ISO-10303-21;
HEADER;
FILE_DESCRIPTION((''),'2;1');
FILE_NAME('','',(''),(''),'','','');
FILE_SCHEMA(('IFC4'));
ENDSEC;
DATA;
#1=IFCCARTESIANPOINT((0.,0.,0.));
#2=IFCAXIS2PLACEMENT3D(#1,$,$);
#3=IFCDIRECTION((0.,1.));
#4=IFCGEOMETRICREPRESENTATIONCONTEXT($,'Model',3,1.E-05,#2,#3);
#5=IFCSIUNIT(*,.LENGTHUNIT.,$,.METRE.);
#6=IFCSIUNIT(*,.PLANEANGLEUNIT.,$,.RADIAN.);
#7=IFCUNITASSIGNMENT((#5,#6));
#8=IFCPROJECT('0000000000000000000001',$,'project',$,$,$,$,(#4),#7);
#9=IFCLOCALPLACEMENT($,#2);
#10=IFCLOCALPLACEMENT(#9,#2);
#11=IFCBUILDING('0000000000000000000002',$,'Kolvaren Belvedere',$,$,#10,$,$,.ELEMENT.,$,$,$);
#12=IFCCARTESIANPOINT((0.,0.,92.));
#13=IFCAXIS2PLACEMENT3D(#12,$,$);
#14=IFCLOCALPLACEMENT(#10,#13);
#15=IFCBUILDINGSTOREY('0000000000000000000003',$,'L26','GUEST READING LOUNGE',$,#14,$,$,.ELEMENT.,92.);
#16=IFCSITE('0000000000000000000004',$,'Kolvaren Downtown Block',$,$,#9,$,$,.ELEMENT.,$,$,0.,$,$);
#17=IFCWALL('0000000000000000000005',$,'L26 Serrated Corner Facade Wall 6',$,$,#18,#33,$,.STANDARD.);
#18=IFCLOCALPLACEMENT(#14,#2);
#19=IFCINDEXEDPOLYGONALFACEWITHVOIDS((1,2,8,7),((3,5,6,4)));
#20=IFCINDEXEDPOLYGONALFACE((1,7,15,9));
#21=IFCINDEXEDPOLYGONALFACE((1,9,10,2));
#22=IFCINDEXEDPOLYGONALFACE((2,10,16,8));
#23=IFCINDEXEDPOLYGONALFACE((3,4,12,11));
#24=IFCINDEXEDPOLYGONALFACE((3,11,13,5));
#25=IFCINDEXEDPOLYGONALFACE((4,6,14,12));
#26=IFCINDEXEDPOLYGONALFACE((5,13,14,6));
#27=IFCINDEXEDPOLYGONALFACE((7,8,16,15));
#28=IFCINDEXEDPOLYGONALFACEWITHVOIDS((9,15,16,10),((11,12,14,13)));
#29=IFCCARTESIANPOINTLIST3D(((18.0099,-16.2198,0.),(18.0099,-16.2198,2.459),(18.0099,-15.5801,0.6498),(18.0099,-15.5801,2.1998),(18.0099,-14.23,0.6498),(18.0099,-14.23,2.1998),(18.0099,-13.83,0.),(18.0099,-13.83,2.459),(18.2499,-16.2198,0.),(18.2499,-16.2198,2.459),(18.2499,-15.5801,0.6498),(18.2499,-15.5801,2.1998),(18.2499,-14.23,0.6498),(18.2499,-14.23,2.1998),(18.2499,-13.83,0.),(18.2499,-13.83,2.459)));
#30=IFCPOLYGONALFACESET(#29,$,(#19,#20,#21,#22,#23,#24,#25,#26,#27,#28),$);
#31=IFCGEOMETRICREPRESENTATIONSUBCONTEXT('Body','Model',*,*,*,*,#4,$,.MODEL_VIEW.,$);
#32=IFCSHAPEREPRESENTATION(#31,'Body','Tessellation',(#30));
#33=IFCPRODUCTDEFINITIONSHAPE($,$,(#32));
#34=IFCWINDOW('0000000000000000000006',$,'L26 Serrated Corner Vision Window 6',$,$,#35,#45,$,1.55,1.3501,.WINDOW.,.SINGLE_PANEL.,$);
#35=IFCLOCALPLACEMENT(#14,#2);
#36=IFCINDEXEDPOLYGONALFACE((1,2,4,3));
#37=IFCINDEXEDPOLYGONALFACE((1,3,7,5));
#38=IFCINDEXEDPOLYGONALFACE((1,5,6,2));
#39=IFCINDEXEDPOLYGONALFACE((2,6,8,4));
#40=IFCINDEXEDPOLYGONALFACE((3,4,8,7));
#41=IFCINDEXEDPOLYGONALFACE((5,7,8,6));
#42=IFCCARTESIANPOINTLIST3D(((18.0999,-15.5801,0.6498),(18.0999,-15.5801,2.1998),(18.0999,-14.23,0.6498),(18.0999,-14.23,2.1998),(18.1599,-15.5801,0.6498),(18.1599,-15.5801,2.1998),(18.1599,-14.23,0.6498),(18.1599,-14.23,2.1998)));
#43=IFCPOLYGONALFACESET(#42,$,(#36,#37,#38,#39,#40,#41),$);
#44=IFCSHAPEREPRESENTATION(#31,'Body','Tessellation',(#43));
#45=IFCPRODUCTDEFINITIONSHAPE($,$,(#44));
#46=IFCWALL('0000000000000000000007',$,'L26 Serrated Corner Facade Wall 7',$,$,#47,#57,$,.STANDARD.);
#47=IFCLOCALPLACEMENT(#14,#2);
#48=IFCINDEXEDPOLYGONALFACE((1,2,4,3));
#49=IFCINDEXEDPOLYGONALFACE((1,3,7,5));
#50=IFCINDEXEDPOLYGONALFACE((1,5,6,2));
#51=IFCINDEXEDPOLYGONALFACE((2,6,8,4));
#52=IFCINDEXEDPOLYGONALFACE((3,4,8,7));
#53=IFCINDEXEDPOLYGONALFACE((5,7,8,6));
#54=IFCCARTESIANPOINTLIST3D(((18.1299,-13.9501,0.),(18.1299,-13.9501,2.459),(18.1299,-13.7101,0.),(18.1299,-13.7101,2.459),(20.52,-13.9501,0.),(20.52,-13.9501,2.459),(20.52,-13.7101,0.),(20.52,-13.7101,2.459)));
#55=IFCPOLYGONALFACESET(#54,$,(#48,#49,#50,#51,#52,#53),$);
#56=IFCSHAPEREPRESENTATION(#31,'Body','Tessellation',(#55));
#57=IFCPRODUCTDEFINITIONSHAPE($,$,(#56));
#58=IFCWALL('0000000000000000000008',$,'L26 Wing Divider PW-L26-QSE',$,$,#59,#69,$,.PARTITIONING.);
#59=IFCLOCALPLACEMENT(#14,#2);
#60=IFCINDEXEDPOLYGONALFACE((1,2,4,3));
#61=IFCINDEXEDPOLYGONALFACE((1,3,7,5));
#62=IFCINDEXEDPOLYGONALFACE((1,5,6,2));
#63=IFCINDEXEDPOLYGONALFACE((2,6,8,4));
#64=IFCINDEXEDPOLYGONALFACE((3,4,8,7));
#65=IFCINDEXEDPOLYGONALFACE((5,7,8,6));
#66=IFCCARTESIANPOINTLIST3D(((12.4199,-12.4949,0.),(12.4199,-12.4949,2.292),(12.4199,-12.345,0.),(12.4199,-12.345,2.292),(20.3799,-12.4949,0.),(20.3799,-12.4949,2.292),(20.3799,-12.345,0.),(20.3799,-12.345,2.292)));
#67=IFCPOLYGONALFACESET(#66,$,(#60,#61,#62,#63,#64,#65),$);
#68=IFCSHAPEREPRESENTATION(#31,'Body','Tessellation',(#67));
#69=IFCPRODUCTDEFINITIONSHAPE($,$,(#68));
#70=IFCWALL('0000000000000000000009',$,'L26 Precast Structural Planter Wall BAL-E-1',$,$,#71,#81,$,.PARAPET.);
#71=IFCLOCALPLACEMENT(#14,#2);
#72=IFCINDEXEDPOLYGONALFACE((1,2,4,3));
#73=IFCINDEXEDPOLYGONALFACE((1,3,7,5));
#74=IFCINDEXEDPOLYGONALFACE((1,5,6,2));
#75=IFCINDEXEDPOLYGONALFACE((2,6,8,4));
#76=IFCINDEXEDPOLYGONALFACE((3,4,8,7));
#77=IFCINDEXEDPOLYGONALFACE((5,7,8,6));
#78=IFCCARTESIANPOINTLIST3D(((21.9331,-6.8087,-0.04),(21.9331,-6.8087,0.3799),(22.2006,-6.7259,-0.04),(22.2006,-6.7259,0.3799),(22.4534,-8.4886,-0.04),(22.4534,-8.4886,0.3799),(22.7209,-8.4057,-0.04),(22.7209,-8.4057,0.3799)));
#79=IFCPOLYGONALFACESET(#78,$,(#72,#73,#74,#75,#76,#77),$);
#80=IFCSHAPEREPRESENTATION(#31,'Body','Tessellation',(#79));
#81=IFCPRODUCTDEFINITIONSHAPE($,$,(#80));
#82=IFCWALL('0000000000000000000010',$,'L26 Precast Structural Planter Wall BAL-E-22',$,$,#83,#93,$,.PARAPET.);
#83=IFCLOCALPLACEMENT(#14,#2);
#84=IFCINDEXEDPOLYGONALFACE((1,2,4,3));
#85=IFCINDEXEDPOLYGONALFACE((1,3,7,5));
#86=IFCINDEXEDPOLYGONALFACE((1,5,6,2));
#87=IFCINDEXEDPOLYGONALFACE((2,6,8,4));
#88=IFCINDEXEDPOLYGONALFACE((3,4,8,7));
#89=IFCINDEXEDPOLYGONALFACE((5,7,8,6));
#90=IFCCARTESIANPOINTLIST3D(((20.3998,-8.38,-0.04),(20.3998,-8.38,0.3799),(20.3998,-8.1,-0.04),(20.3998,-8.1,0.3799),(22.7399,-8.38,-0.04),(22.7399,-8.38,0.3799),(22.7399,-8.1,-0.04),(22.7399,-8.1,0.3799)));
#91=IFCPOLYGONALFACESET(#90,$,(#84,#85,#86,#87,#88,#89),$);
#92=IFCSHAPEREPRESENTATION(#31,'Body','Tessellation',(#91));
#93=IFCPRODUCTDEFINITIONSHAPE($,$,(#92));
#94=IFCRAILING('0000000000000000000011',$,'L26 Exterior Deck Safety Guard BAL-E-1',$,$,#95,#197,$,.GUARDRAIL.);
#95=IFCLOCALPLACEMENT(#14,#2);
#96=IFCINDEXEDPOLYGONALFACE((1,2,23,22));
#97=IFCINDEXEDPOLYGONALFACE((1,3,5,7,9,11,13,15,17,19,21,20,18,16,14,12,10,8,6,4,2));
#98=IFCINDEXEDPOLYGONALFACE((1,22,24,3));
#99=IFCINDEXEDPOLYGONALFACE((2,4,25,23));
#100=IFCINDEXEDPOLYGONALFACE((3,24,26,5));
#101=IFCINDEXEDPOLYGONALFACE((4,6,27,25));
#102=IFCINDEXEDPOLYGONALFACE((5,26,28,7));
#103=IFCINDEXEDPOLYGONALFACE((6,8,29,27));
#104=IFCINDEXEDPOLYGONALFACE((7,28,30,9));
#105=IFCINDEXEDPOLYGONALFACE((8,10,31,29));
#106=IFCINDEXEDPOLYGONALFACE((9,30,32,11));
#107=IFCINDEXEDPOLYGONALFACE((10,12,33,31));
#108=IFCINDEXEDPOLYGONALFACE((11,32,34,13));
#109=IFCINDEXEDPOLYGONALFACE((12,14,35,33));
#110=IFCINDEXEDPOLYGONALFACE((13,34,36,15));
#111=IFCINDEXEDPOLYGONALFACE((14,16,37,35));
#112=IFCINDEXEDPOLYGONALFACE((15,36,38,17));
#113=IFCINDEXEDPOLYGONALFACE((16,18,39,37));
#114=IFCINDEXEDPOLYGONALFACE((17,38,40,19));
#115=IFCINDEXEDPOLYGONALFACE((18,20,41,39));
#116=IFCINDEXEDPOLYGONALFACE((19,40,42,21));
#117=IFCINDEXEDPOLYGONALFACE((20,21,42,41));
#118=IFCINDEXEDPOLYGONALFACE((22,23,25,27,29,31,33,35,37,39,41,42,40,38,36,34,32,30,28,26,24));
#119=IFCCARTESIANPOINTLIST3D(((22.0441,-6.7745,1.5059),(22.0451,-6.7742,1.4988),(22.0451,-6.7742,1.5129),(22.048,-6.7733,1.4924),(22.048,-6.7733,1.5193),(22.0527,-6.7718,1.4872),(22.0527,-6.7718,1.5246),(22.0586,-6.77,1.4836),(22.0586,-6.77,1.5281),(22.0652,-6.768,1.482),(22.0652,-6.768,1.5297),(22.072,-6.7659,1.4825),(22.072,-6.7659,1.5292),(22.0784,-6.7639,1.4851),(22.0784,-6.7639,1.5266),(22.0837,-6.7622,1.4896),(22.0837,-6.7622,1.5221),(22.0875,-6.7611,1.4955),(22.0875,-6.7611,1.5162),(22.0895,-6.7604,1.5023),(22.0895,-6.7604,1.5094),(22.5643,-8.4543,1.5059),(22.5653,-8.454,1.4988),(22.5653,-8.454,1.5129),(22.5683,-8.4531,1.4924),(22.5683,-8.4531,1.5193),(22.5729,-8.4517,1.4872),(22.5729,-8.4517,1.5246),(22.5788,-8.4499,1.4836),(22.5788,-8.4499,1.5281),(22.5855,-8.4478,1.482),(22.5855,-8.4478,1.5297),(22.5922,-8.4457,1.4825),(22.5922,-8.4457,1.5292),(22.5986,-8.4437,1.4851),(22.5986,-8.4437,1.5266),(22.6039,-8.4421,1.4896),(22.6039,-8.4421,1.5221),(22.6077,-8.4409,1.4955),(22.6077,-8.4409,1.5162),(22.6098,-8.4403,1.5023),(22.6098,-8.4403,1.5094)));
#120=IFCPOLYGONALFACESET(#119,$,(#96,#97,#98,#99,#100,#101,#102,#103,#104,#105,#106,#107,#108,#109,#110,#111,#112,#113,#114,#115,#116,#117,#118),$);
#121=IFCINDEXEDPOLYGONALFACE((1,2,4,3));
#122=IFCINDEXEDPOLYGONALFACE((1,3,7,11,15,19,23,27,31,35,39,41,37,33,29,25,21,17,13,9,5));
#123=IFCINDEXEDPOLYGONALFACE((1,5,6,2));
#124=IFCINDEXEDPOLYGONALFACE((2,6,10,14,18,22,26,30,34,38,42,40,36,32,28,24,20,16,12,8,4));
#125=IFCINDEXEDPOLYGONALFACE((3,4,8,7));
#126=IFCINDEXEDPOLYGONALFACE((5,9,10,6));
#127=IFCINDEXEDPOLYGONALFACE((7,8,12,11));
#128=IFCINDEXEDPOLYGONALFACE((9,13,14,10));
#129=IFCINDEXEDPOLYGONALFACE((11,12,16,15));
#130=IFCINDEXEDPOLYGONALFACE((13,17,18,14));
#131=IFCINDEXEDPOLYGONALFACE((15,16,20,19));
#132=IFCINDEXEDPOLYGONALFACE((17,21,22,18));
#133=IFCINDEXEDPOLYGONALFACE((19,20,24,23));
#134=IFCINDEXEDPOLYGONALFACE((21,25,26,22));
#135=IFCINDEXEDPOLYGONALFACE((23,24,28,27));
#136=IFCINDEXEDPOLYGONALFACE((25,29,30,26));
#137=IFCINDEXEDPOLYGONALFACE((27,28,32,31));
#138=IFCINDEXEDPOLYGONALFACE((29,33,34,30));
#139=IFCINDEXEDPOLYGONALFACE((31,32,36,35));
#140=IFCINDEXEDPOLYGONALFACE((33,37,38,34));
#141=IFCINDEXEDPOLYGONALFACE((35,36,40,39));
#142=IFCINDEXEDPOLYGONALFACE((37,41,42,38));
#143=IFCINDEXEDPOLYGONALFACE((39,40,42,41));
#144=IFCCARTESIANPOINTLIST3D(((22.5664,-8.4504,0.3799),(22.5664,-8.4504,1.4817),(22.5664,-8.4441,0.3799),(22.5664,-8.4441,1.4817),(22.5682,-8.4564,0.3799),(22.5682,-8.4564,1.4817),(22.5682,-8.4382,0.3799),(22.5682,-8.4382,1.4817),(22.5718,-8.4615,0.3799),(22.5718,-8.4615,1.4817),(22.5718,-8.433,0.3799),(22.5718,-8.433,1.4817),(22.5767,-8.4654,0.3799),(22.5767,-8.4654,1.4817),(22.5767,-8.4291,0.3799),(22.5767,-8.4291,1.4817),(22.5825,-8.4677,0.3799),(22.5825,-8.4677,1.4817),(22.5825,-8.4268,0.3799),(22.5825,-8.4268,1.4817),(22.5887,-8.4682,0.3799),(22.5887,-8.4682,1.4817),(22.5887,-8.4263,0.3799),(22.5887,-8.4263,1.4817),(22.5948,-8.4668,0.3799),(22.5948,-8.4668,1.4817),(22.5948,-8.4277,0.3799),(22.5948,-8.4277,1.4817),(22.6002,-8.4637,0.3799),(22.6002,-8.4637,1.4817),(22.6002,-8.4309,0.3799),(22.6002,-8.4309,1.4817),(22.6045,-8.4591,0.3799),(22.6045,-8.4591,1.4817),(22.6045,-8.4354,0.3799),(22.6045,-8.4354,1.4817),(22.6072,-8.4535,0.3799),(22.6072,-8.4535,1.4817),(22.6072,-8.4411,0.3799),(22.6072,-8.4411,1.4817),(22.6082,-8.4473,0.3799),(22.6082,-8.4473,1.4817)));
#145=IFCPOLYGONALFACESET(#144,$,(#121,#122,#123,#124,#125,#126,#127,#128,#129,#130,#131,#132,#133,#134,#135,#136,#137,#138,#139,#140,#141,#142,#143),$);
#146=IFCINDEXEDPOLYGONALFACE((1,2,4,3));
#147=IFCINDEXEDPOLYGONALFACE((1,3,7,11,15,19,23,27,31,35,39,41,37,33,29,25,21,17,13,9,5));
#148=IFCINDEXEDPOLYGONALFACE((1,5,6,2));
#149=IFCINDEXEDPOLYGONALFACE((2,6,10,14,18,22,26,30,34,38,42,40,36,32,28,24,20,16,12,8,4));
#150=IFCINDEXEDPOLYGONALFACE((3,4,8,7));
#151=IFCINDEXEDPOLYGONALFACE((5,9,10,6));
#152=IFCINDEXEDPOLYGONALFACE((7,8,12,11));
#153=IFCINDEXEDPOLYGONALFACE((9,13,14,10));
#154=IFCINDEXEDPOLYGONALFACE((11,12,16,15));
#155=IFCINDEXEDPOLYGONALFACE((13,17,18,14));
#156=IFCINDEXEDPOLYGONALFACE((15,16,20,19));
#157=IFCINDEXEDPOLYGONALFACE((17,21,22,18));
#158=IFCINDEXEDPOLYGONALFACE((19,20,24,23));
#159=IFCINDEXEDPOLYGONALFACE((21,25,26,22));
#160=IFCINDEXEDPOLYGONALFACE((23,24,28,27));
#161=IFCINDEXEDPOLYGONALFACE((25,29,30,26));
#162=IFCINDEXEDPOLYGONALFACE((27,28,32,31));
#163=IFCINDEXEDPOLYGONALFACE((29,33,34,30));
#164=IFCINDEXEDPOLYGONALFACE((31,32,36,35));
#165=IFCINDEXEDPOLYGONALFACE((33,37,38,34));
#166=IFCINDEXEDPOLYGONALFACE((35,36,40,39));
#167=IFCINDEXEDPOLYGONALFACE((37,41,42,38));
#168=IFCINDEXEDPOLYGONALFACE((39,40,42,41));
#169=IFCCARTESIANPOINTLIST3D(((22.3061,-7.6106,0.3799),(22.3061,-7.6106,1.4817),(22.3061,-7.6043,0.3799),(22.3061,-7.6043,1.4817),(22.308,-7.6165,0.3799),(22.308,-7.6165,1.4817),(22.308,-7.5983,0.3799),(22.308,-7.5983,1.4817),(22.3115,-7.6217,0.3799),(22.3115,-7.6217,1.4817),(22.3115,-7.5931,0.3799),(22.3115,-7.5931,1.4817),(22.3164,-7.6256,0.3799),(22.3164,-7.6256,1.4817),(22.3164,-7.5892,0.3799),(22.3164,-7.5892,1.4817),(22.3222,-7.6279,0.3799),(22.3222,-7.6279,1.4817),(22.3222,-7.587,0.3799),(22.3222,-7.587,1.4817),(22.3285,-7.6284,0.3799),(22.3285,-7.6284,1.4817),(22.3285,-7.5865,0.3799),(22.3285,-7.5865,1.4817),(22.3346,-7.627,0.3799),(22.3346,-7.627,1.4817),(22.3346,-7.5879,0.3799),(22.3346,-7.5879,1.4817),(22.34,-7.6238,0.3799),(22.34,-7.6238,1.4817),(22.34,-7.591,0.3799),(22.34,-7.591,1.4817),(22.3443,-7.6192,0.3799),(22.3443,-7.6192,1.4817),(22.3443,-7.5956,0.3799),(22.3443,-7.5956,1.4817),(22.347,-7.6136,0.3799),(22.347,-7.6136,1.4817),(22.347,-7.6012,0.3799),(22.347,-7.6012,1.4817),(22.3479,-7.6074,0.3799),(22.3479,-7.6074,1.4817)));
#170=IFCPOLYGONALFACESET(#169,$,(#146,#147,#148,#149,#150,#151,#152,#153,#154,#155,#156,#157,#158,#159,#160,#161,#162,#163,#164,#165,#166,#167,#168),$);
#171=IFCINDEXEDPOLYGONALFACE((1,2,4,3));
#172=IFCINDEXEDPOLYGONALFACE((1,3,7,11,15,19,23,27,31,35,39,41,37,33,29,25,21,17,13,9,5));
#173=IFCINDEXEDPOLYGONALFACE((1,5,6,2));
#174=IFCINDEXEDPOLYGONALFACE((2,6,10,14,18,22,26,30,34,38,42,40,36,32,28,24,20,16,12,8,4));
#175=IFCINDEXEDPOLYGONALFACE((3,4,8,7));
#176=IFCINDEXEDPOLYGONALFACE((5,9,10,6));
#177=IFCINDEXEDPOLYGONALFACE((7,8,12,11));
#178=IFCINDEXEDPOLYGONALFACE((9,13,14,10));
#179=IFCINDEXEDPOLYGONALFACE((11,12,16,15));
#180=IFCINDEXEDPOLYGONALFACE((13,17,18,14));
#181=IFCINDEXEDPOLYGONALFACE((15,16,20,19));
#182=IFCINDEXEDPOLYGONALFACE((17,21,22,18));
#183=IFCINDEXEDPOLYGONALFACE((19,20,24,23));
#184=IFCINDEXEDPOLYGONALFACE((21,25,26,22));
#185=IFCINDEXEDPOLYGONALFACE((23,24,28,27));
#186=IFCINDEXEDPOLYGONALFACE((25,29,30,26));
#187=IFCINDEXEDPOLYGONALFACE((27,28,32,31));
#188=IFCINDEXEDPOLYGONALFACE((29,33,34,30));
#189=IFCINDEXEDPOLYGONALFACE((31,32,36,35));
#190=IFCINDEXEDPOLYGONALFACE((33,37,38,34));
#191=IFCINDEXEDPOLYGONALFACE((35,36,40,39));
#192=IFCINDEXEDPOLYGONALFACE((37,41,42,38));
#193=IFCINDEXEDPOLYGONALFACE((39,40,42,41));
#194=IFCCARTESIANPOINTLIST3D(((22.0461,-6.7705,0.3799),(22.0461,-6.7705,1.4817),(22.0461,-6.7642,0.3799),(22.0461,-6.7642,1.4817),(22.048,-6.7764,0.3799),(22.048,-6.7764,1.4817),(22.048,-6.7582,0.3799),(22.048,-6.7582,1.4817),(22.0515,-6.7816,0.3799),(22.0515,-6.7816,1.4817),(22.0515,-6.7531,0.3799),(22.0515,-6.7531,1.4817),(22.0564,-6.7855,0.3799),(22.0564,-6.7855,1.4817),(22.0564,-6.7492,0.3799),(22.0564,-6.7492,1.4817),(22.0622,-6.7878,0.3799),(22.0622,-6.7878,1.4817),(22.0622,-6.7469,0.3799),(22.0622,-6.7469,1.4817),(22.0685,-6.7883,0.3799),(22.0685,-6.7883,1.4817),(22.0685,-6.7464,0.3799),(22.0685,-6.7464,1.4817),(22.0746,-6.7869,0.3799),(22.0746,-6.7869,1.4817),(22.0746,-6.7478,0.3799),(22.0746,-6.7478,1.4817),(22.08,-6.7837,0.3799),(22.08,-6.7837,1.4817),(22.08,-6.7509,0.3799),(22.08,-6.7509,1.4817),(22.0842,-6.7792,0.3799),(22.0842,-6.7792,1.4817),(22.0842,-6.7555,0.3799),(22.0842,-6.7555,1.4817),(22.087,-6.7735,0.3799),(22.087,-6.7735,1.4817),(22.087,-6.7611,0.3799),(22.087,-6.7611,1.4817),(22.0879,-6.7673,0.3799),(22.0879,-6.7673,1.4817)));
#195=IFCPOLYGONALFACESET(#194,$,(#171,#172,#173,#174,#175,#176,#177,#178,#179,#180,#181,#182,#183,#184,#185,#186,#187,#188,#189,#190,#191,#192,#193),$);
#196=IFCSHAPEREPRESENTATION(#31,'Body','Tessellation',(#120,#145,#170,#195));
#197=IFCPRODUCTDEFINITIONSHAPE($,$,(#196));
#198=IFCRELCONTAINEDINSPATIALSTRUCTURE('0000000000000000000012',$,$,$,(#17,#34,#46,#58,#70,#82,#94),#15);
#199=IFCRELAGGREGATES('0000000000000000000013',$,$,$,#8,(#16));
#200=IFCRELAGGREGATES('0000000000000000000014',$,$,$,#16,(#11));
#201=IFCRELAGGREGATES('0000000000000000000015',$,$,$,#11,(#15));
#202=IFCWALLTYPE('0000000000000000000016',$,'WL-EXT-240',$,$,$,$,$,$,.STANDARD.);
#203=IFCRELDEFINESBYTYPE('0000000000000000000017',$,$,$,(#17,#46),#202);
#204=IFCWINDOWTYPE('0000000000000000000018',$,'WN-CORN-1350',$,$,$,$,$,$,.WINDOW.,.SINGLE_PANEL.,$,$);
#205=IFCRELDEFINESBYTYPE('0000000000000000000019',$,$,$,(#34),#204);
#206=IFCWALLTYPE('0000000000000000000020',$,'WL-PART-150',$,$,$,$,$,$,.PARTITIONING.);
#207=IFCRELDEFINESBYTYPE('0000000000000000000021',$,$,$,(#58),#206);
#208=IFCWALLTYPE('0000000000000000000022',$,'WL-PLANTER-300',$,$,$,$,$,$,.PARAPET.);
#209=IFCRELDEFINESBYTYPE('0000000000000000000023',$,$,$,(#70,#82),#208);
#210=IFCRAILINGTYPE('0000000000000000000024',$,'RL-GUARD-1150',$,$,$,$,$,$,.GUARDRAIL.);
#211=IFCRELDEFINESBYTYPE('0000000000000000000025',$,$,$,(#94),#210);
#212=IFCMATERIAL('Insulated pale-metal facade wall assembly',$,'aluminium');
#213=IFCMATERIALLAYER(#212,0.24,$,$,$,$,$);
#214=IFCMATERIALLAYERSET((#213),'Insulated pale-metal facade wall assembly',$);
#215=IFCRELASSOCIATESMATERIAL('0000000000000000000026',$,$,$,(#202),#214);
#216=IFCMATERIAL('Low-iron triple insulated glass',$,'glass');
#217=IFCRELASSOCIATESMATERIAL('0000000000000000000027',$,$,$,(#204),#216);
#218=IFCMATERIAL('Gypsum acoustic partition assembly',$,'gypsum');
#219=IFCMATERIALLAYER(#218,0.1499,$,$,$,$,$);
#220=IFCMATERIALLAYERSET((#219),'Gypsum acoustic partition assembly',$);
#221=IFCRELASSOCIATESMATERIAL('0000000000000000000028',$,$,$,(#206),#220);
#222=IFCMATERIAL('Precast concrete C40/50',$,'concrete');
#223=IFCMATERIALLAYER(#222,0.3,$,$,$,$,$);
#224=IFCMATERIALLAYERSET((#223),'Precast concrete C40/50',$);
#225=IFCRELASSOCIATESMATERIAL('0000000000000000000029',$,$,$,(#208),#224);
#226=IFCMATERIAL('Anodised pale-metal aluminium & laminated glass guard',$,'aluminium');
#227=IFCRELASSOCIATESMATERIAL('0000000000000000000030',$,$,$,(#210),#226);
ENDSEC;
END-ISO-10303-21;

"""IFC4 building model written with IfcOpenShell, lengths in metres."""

from ifc_helpers import new_model, si_unit, direction, frame, frame_2d, origin, origin_2d, place, context, subcontext, project, spatial, rectangle, circle, extrude, material, layer, layer_set, type_object, element, fill, save


model = new_model("IFC4")

# Units and contexts
model_context = context("Model", 3, precision=1e-05, world=origin(), true_north=direction((0.0, 1.0)))
body_context = subcontext(model_context, "Body", "Model", "MODEL_VIEW")
ifc_project = project(units=[si_unit("LENGTHUNIT", "METRE"), si_unit("PLANEANGLEUNIT", "RADIAN")], contexts=[model_context])

# Site, building, storey
site_placement = place(None, origin())
site = spatial("IfcSite", under=ifc_project, at=site_placement, Name="Kolvaren Downtown Block", CompositionType="ELEMENT", RefElevation=0.0)
building_placement = place(site_placement, origin())
building = spatial("IfcBuilding", under=site, at=building_placement, Name="Kolvaren Belvedere", CompositionType="ELEMENT")
storey_placement = place(building_placement, frame((0.0, 0.0, 92.0)))
storey = spatial("IfcBuildingStorey", under=building, at=storey_placement, Name="L26", Description="GUEST READING LOUNGE", CompositionType="ELEMENT", Elevation=92.0)

# Shared definitions
ifc_material_1 = material(Name="Insulated pale-metal facade wall assembly", Category="aluminium")
ifc_layer_1 = layer(ifc_material_1, 0.24)
ifc_layer_set_1 = layer_set([ifc_layer_1], Name="Insulated pale-metal facade wall assembly")
wall_type_1 = type_object("IfcWallType", Name="WL-EXT-240", PredefinedType="STANDARD", material=ifc_layer_set_1)

# Wall, opening, window
ifc_material_2 = material(Name="Low-iron triple insulated glass", Category="glass")
window_type_1 = type_object("IfcWindowType", Name="WN-CORN-1350", PartitioningType="SINGLE_PANEL", PredefinedType="WINDOW", material=ifc_material_2)
wall_1_placement = place(storey_placement, frame((18.1299, -13.8301, 0.0), z_axis=(0.0, 0.0, 1.0), x_axis=(0.0, -1.0, 0.0)))
wall_1 = element("IfcWall", 1, at=wall_1_placement, inside=storey, type_object=wall_type_1, Name="L26 Serrated Corner Facade Wall 6", PredefinedType="STANDARD", context=body_context, shape_type="SweptSolid", body=[
    extrude(rectangle(XDim=2.3899, YDim=0.24, at=frame_2d((1.1948, 0.0))), origin(), (0.0, 0.0, 1.0), 2.459),
])
opening_1_placement = place(wall_1_placement, frame((0.3999, 0.0, 0.6499)))
opening_1 = element("IfcOpeningElement", 2, at=opening_1_placement, cuts=wall_1, PredefinedType="OPENING", context=body_context, shape_type="SweptSolid", body=[
    extrude(rectangle(XDim=1.3501, YDim=1.55, at=frame_2d((0.675, 0.7749))), frame((0.0, 0.1299, 0.0), z_axis=(0.0, -1.0, 0.0), x_axis=(1.0, 0.0, 0.0)), (0.0, 0.0, 1.0), 0.26),
])
window_1_placement = place(opening_1_placement, origin())
window_1 = element("IfcWindow", 3, at=window_1_placement, inside=storey, type_object=window_type_1, Name="L26 Serrated Corner Vision Window 6", OverallHeight=1.55, OverallWidth=1.3501, PartitioningType="SINGLE_PANEL", PredefinedType="WINDOW", context=body_context, shape_type="SweptSolid", body=[
    extrude(rectangle(XDim=1.3501, YDim=1.55, at=frame_2d((0.675, 0.7749))), frame((0.0, 0.03, 0.0), z_axis=(0.0, -1.0, 0.0), x_axis=(1.0, 0.0, 0.0)), (0.0, 0.0, 1.0), 0.0601),
])
fill(opening_1, window_1)

# Walls
wall_2_placement = place(storey_placement, frame((20.52, -13.8301, 0.0), z_axis=(0.0, 0.0, 1.0), x_axis=(-1.0, 0.0, 0.0)))
element("IfcWall", 4, at=wall_2_placement, inside=storey, type_object=wall_type_1, Name="L26 Serrated Corner Facade Wall 7", PredefinedType="STANDARD", context=body_context, shape_type="SweptSolid", body=[
    extrude(rectangle(XDim=2.3901, YDim=0.24, at=frame_2d((1.1951, 0.0))), origin(), (0.0, 0.0, 1.0), 2.459),
])
ifc_material_3 = material(Name="Gypsum acoustic partition assembly", Category="gypsum")
ifc_layer_2 = layer(ifc_material_3, 0.1499)
ifc_layer_set_2 = layer_set([ifc_layer_2], Name="Gypsum acoustic partition assembly")
wall_type_2 = type_object("IfcWallType", Name="WL-PART-150", PredefinedType="PARTITIONING", material=ifc_layer_set_2)
wall_3_placement = place(storey_placement, frame((12.4199, -12.4199, 0.0), z_axis=(0.0, 0.0, 1.0), x_axis=(1.0, 0.0, 0.0)))
element("IfcWall", 5, at=wall_3_placement, inside=storey, type_object=wall_type_2, Name="L26 Wing Divider PW-L26-QSE", PredefinedType="PARTITIONING", context=body_context, shape_type="SweptSolid", body=[
    extrude(rectangle(XDim=7.96, YDim=0.1499, at=frame_2d((3.98, 0.0))), origin(), (0.0, 0.0, 1.0), 2.292),
])
ifc_material_4 = material(Name="Precast concrete C40/50", Category="concrete")
ifc_layer_3 = layer(ifc_material_4, 0.3)
ifc_layer_set_3 = layer_set([ifc_layer_3], Name="Precast concrete C40/50")
wall_type_3 = type_object("IfcWallType", Name="WL-PLANTER-300", PredefinedType="PARAPET", material=ifc_layer_set_3)
wall_4_placement = place(storey_placement, frame((22.5872, -8.4473, -0.04), z_axis=(0.0, 0.0, 1.0), x_axis=(-0.295832, 0.95524, 0.0)))
element("IfcWall", 6, at=wall_4_placement, inside=storey, type_object=wall_type_3, Name="L26 Precast Structural Planter Wall BAL-E-1", PredefinedType="PARAPET", context=body_context, shape_type="SweptSolid", body=[
    extrude(rectangle(XDim=1.7585, YDim=0.28, at=frame_2d((0.8794, 0.0))), origin(), (0.0, 0.0, 1.0), 0.4199),
])
wall_5_placement = place(storey_placement, frame((20.3999, -8.24, -0.04), z_axis=(0.0, 0.0, 1.0), x_axis=(1.0, 0.0, 0.0)))
element("IfcWall", 7, at=wall_5_placement, inside=storey, type_object=wall_type_3, Name="L26 Precast Structural Planter Wall BAL-E-22", PredefinedType="PARAPET", context=body_context, shape_type="SweptSolid", body=[
    extrude(rectangle(XDim=2.3401, YDim=0.28, at=frame_2d((1.1699, 0.0))), origin(), (0.0, 0.0, 1.0), 0.4199),
])

# Railing
ifc_material_5 = material(Name="Anodised pale-metal aluminium & laminated glass guard", Category="aluminium")
railing_type = type_object("IfcRailingType", Name="RL-GUARD-1150", PredefinedType="GUARDRAIL", material=ifc_material_5)
railing_1_placement = place(storey_placement, frame((22.5872, -8.4473, 0.3799)))
element("IfcRailing", 8, at=railing_1_placement, inside=storey, type_object=railing_type, Name="L26 Exterior Deck Safety Guard BAL-E-1", PredefinedType="GUARDRAIL", context=body_context, shape_type="SweptSolid", body=[
    extrude(circle(Radius=0.0239, at=origin_2d()), frame((0.0, 0.0, 1.126), z_axis=(-0.295832, 0.95524, 0.0), x_axis=(-0.95524, -0.295832, 0.0)), (0.0, 0.0, 1.0), 1.7585),
    extrude(circle(Radius=0.021, at=origin_2d()), origin(), (0.0, 0.0, 1.0), 1.1018),
    extrude(circle(Radius=0.021, at=origin_2d()), frame((-0.2603, 0.8398, 0.0)), (0.0, 0.0, 1.0), 1.1018),
    extrude(circle(Radius=0.021, at=origin_2d()), frame((-0.5203, 1.6799, 0.0)), (0.0, 0.0, 1.0), 1.1018),
])

save(model, "model.ifc")
